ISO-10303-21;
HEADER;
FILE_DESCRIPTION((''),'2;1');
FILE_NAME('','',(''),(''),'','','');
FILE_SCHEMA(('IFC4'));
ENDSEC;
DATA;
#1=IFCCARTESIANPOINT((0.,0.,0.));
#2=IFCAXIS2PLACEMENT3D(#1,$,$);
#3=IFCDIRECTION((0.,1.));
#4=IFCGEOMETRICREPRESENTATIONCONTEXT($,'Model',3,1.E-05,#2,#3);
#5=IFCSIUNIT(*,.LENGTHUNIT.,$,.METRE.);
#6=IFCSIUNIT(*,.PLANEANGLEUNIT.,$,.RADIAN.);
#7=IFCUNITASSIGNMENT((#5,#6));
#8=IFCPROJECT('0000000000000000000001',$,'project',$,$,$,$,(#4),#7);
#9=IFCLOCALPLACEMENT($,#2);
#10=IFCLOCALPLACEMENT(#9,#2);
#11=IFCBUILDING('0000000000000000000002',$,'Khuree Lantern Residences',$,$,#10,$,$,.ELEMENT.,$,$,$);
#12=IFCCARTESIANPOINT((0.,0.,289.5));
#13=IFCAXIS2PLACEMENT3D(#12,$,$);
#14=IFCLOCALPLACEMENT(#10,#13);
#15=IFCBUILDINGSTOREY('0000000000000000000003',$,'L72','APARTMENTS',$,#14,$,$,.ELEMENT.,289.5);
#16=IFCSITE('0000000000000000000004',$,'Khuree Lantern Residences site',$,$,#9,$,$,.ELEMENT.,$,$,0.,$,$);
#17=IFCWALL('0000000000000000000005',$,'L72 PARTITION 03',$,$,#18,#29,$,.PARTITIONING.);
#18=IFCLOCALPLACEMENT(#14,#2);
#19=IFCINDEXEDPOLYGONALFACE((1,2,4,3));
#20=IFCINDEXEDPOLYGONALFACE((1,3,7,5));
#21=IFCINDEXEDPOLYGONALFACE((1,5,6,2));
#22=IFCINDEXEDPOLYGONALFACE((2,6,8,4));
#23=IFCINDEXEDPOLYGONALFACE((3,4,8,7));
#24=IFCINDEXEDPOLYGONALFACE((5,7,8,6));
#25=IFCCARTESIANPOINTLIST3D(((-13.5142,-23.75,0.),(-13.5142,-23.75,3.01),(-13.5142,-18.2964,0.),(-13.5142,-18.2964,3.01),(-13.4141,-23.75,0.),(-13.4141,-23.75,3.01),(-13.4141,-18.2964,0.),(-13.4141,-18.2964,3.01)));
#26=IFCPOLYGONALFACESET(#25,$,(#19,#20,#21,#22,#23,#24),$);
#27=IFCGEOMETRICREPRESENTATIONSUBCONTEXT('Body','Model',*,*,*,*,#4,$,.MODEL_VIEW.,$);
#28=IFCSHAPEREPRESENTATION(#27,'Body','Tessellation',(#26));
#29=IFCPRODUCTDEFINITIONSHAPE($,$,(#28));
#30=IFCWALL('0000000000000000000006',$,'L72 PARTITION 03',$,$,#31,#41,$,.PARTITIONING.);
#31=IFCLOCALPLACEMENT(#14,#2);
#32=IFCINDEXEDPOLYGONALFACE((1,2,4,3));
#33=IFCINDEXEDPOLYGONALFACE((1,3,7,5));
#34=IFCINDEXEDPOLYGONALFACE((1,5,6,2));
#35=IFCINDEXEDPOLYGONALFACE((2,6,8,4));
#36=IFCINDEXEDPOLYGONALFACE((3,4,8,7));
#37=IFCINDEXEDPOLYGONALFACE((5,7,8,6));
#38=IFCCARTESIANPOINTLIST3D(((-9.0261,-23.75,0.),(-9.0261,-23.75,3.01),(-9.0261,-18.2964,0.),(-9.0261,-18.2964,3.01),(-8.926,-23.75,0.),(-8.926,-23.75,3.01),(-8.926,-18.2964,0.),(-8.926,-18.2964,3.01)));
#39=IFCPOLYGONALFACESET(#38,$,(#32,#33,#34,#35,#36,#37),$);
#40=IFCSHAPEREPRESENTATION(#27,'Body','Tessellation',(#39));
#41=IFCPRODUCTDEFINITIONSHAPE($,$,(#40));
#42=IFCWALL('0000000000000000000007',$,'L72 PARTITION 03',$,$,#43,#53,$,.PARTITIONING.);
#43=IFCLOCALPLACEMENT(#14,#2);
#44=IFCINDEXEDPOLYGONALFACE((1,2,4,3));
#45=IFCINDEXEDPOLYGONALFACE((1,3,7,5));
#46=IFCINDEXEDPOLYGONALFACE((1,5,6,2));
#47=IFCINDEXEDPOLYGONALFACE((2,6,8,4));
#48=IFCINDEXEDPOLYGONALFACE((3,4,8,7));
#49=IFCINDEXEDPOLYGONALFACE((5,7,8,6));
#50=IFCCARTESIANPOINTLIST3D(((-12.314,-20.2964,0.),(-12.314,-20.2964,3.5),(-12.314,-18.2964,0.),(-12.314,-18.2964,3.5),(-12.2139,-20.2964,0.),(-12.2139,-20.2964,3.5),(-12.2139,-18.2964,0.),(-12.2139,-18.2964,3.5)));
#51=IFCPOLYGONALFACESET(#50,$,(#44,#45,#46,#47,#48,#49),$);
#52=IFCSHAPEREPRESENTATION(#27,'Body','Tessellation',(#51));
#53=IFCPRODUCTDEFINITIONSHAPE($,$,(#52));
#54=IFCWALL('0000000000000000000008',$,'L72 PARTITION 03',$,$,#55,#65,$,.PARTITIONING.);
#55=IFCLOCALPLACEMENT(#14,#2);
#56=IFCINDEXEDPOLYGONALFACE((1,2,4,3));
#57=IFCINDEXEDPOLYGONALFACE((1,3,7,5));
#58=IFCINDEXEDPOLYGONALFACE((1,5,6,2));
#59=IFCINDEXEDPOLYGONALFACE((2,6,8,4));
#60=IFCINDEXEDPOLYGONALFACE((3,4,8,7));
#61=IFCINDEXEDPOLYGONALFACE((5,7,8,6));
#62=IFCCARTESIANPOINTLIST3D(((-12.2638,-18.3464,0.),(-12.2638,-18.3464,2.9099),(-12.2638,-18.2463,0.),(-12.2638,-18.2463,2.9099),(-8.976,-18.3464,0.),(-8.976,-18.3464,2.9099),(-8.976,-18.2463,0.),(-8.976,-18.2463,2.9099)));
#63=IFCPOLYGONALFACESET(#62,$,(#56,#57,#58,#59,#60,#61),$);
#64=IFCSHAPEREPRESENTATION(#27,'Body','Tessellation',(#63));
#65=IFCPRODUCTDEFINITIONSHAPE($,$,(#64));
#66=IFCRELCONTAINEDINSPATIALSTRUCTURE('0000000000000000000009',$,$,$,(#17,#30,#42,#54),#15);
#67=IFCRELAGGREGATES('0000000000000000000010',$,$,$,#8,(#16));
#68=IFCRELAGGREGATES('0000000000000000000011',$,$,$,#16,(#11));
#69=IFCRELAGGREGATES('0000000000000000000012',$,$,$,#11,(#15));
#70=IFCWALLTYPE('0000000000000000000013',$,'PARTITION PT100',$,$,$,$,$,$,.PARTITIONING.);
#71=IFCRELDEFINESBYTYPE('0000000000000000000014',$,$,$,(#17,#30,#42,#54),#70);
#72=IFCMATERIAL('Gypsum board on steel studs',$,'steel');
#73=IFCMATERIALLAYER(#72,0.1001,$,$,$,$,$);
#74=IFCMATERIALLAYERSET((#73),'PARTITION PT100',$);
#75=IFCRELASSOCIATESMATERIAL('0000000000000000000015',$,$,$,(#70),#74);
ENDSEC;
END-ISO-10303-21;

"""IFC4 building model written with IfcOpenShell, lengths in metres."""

from ifc_helpers import new_model, si_unit, direction, frame, frame_2d, origin, place, context, subcontext, project, spatial, rectangle, extrude, material, layer, layer_set, type_object, element, save


model = new_model("IFC4")

# Units and contexts
model_context = context("Model", 3, precision=1e-05, world=origin(), true_north=direction((0.0, 1.0)))
body_context = subcontext(model_context, "Body", "Model", "MODEL_VIEW")
ifc_project = project(units=[si_unit("LENGTHUNIT", "METRE"), si_unit("PLANEANGLEUNIT", "RADIAN")], contexts=[model_context])

# Site, building, storey
site_placement = place(None, origin())
site = spatial("IfcSite", under=ifc_project, at=site_placement, Name="Khuree Lantern Residences site", CompositionType="ELEMENT", RefElevation=0.0)
building_placement = place(site_placement, origin())
building = spatial("IfcBuilding", under=site, at=building_placement, Name="Khuree Lantern Residences", CompositionType="ELEMENT")
storey_placement = place(building_placement, frame((0.0, 0.0, 289.5)))
storey = spatial("IfcBuildingStorey", under=building, at=storey_placement, Name="L72", Description="APARTMENTS", CompositionType="ELEMENT", Elevation=289.5)

# Walls
ifc_material_1 = material(Name="Gypsum board on steel studs", Category="steel")
ifc_layer_1 = layer(ifc_material_1, 0.1001)
ifc_layer_set_1 = layer_set([ifc_layer_1], Name="PARTITION PT100")
wall_type_1 = type_object("IfcWallType", Name="PARTITION PT100", PredefinedType="PARTITIONING", material=ifc_layer_set_1)
for number, where, z_axis, x_axis, name in (
    (1, (-13.4641, -18.2964, 0.0), (0.0, 0.0, 1.0), (0.0, -1.0, 0.0), "L72 PARTITION 03"),
    (2, (-8.9761, -18.2964, 0.0), (0.0, 0.0, 1.0), (0.0, -1.0, 0.0), "L72 PARTITION 03"),
):
    element("IfcWall", number, at=place(storey_placement, frame(where, z_axis=z_axis, x_axis=x_axis)), inside=storey, type_object=wall_type_1, Name=name, PredefinedType="PARTITIONING", context=body_context, shape_type="SweptSolid", body=[
        extrude(rectangle(XDim=5.4536, YDim=0.1001, at=frame_2d((2.7268, 0.0))), origin(), (0.0, 0.0, 1.0), 3.01),
    ])
wall_1_placement = place(storey_placement, frame((-12.2639, -18.2964, 0.0), z_axis=(0.0, 0.0, 1.0), x_axis=(0.0, -1.0, 0.0)))
element("IfcWall", 3, at=wall_1_placement, inside=storey, type_object=wall_type_1, Name="L72 PARTITION 03", PredefinedType="PARTITIONING", context=body_context, shape_type="SweptSolid", body=[
    extrude(rectangle(XDim=2.0, YDim=0.1001, at=frame_2d((1.0, 0.0))), origin(), (0.0, 0.0, 1.0), 3.5),
])
wall_2_placement = place(storey_placement, frame((-12.2639, -18.2964, 0.0), z_axis=(0.0, 0.0, 1.0), x_axis=(1.0, 0.0, 0.0)))
element("IfcWall", 4, at=wall_2_placement, inside=storey, type_object=wall_type_1, Name="L72 PARTITION 03", PredefinedType="PARTITIONING", context=body_context, shape_type="SweptSolid", body=[
    extrude(rectangle(XDim=3.2878, YDim=0.1001, at=frame_2d((1.644, 0.0))), origin(), (0.0, 0.0, 1.0), 2.9099),
])

save(model, "model.ifc")
